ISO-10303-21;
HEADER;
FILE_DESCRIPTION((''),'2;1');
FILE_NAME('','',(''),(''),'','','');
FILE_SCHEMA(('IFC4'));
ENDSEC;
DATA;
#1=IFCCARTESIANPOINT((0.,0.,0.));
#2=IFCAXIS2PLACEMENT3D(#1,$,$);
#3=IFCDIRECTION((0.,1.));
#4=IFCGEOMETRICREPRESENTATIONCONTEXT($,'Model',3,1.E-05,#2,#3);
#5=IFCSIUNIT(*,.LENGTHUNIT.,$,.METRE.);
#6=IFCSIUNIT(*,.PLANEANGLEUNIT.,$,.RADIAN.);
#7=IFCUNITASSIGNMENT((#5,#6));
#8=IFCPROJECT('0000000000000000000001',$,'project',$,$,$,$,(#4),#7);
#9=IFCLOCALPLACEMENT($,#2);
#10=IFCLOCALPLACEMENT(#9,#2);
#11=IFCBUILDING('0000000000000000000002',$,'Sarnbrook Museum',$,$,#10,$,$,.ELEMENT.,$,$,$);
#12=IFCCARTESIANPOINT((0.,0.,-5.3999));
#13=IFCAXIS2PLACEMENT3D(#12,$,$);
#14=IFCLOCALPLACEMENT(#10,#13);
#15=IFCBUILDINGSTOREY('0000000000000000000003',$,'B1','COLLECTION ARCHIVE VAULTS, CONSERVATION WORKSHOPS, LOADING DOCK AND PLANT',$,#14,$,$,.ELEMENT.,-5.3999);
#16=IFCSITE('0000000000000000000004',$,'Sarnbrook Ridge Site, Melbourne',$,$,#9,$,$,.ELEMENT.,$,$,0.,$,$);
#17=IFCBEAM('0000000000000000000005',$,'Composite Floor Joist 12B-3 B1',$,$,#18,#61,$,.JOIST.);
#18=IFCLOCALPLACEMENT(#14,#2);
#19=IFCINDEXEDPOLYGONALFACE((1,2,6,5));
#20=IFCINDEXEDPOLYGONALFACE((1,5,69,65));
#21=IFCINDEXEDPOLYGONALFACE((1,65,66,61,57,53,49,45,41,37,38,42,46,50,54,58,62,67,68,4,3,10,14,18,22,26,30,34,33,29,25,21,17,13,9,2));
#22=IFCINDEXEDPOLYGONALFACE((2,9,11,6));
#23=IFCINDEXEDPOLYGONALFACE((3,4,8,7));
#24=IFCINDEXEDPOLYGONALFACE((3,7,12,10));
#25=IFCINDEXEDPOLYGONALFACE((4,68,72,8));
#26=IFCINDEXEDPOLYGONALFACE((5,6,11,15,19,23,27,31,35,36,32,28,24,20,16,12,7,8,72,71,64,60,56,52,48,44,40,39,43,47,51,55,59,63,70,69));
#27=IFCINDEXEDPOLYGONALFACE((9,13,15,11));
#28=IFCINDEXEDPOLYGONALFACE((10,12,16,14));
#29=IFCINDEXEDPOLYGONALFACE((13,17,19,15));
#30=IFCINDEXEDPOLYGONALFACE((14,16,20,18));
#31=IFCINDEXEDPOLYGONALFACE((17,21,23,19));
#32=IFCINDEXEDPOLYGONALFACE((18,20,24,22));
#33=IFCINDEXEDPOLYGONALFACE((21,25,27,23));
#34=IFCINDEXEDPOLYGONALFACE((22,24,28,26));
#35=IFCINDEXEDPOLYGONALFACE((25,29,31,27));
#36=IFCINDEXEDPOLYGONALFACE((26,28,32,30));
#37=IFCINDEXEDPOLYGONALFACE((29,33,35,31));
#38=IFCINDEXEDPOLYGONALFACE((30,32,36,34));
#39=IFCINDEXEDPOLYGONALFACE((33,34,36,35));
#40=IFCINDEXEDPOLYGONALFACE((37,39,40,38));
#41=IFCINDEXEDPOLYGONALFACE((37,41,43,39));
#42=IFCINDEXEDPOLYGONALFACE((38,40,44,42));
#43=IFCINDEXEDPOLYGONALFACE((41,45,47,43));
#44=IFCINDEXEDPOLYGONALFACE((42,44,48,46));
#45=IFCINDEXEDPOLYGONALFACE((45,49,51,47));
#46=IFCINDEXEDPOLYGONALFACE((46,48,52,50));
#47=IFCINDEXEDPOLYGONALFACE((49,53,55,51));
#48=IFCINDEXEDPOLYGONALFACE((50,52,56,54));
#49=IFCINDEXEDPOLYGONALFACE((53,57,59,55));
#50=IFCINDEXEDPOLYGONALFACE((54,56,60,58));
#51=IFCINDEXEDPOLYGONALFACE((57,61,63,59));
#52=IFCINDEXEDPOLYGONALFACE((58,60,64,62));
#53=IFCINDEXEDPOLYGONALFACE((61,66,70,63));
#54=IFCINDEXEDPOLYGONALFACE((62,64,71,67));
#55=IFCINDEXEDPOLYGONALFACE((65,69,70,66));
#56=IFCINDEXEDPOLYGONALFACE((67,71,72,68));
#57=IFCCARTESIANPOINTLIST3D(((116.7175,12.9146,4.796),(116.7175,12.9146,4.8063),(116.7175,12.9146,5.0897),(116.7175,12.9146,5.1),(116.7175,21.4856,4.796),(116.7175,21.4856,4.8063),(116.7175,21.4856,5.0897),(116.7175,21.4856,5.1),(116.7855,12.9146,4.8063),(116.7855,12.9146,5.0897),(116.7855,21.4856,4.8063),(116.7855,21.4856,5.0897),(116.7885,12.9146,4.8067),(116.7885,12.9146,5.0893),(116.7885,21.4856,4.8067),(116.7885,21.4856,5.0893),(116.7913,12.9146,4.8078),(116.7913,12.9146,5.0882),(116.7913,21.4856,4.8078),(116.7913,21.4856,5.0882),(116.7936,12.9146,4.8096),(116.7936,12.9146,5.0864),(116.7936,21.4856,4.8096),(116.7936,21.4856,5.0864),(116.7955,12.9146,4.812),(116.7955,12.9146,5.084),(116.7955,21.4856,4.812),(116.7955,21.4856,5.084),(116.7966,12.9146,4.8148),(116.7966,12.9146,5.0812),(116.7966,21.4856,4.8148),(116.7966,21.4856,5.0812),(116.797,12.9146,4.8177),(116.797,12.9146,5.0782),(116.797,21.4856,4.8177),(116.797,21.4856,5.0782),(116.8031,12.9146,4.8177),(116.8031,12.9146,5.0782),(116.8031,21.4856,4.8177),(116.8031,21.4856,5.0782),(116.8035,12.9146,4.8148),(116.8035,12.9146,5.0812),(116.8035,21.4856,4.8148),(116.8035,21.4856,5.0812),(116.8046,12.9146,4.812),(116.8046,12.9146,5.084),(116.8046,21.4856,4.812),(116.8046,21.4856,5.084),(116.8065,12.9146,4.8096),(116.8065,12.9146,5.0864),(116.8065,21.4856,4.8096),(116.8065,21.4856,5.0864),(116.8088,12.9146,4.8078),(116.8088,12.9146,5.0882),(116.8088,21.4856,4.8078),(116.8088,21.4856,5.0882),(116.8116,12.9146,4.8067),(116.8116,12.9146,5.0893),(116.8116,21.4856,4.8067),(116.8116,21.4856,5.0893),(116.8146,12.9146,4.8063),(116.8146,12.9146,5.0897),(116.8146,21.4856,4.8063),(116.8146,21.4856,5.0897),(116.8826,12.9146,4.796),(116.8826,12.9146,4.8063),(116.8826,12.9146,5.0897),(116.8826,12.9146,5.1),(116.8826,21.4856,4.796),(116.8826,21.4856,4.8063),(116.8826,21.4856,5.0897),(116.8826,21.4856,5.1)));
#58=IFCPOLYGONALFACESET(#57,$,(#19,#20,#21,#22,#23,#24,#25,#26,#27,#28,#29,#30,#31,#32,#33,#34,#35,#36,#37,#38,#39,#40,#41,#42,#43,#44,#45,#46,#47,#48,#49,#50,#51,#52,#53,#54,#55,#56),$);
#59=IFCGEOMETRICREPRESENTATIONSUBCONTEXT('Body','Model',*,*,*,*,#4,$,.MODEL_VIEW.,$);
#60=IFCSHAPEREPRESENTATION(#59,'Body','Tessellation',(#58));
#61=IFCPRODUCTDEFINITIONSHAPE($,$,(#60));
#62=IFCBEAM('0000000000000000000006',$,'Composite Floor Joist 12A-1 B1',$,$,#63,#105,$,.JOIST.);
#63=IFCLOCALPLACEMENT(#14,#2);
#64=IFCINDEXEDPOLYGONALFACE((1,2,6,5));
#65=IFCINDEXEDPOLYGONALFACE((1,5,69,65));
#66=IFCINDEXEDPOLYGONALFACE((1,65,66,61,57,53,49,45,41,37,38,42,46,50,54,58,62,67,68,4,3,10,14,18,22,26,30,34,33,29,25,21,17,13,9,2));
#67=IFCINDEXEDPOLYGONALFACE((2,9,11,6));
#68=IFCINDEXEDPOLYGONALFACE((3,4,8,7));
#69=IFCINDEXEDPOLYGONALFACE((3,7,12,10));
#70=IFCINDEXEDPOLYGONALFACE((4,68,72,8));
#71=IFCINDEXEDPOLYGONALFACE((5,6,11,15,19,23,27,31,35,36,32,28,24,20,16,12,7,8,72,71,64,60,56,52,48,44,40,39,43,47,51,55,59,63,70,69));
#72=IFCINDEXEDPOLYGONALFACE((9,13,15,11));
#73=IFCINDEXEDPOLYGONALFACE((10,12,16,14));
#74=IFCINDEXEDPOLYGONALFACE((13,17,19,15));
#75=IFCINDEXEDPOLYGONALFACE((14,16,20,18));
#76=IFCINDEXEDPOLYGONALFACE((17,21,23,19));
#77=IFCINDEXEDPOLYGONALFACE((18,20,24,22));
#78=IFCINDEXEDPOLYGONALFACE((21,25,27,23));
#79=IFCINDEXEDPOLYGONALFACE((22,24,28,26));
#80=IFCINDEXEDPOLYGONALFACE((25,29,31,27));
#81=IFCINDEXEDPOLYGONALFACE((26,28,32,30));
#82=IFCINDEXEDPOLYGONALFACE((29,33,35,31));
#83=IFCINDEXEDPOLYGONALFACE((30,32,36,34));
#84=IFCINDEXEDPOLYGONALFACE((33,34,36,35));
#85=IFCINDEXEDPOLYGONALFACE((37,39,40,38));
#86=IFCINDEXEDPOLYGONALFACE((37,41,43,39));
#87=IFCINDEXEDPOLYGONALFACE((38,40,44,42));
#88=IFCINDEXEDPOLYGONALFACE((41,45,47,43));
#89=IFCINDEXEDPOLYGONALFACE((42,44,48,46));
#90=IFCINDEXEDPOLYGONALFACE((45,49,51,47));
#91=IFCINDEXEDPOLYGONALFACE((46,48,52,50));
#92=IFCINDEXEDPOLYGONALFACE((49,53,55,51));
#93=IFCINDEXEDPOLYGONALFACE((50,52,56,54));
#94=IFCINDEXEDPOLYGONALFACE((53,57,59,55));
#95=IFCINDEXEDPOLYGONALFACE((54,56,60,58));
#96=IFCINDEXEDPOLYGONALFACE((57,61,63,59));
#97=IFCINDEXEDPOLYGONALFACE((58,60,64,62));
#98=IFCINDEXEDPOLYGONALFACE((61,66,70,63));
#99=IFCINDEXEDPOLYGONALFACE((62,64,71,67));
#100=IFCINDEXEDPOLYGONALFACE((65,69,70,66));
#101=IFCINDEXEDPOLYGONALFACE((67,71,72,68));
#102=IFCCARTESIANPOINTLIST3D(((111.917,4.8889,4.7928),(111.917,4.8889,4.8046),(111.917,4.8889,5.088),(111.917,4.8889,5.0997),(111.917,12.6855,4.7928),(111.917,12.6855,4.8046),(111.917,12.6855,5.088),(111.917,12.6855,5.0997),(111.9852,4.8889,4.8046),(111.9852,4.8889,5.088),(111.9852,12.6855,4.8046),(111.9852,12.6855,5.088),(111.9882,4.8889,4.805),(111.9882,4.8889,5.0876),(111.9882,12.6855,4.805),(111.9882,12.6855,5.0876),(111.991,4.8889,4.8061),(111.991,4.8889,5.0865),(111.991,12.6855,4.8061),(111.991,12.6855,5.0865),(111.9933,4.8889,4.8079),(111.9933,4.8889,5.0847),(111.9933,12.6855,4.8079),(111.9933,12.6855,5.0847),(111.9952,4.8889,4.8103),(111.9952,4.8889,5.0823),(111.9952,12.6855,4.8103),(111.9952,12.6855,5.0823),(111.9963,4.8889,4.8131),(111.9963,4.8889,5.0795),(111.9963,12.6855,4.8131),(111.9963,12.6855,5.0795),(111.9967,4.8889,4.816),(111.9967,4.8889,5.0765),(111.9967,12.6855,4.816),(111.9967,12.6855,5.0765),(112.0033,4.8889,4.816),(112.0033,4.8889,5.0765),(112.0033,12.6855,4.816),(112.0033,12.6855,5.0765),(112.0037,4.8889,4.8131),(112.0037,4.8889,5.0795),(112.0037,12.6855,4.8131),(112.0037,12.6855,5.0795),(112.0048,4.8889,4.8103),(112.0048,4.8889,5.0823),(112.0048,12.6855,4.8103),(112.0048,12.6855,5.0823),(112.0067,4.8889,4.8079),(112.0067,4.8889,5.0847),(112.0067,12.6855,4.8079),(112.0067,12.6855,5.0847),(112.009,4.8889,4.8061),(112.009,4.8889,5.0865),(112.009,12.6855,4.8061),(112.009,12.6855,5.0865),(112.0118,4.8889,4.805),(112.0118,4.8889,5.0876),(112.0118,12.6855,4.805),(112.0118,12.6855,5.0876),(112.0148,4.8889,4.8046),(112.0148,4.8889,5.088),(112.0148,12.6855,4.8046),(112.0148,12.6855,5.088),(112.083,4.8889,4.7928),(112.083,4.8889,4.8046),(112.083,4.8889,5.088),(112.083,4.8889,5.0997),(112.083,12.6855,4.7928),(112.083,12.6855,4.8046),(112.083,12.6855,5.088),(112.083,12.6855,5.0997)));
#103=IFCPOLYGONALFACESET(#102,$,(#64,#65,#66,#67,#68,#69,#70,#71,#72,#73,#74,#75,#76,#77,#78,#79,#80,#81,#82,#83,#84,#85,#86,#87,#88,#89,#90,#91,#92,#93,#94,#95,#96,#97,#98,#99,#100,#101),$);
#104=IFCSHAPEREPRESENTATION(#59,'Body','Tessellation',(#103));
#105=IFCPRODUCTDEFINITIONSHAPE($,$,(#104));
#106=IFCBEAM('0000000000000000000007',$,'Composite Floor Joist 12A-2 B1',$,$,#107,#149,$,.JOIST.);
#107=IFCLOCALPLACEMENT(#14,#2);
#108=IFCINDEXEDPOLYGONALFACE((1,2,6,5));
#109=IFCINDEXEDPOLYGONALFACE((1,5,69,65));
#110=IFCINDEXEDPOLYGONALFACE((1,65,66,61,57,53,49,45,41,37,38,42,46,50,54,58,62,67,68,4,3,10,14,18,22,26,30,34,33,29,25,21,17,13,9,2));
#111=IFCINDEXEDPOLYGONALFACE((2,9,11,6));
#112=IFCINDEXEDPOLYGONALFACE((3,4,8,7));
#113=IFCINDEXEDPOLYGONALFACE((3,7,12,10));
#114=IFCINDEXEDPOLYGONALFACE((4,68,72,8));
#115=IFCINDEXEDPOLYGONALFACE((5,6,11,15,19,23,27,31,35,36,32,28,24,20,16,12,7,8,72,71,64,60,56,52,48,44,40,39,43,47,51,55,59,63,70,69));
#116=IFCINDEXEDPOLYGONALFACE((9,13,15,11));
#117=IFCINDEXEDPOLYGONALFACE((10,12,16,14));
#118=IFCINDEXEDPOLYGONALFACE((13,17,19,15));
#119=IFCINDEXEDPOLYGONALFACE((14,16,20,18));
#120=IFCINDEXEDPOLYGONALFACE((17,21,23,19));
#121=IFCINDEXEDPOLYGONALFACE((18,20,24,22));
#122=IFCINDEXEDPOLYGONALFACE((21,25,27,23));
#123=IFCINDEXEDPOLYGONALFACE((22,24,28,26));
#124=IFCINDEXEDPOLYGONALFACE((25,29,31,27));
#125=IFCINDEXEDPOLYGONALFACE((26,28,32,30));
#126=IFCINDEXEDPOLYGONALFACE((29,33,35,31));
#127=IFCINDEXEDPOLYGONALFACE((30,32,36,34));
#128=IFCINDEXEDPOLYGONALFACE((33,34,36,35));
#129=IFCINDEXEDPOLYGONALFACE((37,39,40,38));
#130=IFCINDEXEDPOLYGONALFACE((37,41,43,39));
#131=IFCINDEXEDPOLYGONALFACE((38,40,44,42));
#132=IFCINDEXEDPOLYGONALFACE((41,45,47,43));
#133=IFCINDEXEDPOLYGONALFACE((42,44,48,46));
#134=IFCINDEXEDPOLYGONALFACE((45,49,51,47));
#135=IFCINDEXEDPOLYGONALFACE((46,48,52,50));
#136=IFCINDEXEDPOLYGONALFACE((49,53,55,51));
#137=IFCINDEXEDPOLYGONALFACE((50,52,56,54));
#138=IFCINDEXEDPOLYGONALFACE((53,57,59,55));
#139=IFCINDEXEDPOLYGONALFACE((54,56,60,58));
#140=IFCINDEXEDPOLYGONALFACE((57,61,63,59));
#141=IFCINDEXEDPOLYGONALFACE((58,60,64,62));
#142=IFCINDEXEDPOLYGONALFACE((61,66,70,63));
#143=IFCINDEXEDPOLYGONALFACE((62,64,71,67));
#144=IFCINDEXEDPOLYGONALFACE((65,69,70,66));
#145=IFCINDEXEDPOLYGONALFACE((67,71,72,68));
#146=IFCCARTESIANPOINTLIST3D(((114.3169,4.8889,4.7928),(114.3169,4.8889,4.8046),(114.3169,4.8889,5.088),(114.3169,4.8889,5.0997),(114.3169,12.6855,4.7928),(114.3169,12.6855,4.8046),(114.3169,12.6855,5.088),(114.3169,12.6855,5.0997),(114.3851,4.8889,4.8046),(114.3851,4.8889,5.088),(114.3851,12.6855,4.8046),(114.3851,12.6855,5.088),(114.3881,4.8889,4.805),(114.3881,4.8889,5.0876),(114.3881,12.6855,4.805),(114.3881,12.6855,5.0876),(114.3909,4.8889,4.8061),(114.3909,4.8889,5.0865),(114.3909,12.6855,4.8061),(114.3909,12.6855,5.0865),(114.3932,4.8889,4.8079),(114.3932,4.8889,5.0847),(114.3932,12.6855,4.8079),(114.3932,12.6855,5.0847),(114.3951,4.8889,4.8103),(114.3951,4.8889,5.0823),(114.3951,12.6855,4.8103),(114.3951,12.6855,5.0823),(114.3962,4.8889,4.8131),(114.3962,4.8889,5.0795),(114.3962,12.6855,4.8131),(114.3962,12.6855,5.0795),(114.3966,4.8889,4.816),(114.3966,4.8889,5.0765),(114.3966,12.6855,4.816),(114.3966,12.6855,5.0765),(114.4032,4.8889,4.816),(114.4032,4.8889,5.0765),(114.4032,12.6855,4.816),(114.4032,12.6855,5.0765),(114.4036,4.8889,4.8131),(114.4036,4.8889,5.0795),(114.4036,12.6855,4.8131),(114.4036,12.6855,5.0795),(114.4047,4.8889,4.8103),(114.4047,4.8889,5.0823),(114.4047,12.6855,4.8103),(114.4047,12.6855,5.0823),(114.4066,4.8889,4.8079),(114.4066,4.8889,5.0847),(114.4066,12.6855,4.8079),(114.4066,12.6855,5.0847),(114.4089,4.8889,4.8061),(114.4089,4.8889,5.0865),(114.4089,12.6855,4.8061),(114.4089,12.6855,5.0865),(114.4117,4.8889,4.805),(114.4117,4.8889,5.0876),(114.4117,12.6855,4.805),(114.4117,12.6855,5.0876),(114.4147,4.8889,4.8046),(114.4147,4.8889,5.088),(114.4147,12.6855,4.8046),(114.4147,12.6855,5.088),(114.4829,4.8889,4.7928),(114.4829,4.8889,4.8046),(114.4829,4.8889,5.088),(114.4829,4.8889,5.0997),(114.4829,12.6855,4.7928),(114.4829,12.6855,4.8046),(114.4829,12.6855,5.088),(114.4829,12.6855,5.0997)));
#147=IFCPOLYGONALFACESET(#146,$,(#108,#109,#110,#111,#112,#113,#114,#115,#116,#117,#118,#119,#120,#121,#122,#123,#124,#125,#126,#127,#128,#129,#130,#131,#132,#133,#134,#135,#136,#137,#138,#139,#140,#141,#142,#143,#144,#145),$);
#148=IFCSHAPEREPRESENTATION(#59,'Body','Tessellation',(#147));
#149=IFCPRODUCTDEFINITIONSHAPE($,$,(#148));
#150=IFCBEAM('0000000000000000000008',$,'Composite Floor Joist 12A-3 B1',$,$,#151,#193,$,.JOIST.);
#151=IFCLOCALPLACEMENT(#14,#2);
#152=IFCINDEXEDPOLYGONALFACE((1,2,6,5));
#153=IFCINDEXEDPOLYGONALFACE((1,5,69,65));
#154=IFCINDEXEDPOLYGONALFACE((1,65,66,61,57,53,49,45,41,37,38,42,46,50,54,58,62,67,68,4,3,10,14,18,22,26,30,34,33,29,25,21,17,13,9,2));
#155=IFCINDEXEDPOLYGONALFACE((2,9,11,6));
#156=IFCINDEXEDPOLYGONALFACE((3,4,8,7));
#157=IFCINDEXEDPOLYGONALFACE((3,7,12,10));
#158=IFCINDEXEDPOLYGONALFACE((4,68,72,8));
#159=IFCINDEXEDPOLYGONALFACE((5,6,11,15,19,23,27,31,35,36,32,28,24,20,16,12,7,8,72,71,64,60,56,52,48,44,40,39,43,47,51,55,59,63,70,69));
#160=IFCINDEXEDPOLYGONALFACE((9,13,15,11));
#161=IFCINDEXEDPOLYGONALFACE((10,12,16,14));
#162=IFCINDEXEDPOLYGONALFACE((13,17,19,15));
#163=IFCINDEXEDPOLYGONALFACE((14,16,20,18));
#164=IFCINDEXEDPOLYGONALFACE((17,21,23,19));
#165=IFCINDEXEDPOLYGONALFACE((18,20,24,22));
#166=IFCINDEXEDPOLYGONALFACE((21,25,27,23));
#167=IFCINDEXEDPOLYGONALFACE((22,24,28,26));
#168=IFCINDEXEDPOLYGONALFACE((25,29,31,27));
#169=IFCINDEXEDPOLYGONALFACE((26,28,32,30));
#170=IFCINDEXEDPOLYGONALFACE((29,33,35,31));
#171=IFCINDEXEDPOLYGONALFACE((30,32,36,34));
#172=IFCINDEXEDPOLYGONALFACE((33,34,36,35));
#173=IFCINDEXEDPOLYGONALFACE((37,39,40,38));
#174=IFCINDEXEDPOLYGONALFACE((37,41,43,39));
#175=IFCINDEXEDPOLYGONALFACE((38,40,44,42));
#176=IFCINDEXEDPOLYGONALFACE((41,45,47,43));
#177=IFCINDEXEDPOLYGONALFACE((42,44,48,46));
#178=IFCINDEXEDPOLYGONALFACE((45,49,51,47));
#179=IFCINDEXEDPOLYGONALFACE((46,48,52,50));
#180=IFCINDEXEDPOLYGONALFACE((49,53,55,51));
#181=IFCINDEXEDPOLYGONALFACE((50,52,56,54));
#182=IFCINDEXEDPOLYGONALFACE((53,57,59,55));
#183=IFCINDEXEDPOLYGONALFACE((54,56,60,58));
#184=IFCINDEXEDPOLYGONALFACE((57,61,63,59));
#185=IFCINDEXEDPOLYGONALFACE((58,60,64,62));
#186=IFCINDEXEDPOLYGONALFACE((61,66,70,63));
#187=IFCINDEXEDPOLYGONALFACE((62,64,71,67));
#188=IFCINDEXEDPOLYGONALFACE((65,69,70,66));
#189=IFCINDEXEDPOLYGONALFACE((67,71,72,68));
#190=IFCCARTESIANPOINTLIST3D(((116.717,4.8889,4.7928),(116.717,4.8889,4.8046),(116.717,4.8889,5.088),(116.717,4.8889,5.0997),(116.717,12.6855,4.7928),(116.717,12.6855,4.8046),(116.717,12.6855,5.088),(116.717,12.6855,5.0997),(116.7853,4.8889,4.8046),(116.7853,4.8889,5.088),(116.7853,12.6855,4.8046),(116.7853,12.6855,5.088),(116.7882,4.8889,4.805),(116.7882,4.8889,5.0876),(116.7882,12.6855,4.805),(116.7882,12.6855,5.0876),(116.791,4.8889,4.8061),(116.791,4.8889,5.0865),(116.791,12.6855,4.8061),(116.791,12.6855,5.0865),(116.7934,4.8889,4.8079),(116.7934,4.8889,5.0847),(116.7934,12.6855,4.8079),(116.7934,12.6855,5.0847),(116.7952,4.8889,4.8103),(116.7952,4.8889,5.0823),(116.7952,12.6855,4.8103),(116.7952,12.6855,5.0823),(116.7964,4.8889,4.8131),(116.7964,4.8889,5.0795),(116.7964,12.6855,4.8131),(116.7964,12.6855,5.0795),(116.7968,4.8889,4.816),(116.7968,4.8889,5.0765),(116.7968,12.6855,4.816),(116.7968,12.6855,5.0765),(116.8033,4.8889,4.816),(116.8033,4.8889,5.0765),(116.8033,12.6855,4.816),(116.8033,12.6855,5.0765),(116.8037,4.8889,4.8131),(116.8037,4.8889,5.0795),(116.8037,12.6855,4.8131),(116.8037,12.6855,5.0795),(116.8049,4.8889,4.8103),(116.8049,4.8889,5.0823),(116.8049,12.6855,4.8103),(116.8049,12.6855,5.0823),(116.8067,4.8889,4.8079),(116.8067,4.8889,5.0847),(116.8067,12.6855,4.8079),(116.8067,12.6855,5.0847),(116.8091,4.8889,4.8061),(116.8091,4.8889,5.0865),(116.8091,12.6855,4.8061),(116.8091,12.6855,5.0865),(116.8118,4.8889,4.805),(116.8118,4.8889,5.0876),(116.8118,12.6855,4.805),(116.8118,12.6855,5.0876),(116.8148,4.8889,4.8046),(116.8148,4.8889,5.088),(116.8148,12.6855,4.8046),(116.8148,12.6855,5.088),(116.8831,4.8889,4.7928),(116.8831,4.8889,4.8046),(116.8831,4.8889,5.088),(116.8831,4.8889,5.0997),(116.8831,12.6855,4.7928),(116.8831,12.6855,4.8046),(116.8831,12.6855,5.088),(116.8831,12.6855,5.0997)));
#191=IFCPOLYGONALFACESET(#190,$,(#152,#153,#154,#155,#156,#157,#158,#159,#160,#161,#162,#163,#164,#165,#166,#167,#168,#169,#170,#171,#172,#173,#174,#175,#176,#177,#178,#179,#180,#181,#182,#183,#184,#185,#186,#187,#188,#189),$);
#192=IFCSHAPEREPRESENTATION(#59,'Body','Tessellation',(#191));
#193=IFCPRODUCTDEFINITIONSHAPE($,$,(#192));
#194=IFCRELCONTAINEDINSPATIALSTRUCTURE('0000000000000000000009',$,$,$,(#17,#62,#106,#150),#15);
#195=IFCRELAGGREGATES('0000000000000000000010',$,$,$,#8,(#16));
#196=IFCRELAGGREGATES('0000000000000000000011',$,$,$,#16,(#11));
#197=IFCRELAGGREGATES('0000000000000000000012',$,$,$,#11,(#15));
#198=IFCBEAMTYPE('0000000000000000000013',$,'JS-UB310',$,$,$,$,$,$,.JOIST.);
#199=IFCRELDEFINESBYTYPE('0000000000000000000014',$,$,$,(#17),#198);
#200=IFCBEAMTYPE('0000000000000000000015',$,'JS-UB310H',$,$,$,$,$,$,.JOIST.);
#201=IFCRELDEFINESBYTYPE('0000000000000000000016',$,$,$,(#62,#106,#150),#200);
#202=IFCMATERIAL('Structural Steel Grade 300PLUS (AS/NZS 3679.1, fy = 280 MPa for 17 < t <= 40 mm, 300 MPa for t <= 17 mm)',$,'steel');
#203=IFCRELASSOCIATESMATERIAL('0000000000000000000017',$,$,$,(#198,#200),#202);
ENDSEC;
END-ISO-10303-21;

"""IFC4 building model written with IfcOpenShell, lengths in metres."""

from ifc_helpers import new_model, si_unit, direction, frame, origin, origin_2d, place, context, subcontext, project, spatial, i_section, extrude, material, material_profile, profile_set, type_object, element, save


model = new_model("IFC4")

# Units and contexts
model_context = context("Model", 3, precision=1e-05, world=origin(), true_north=direction((0.0, 1.0)))
body_context = subcontext(model_context, "Body", "Model", "MODEL_VIEW")
ifc_project = project(units=[si_unit("LENGTHUNIT", "METRE"), si_unit("PLANEANGLEUNIT", "RADIAN")], contexts=[model_context])

# Site, building, storey
site_placement = place(None, origin())
site = spatial("IfcSite", under=ifc_project, at=site_placement, Name="Sarnbrook Ridge Site, Melbourne", CompositionType="ELEMENT", RefElevation=0.0)
building_placement = place(site_placement, origin())
building = spatial("IfcBuilding", under=site, at=building_placement, Name="Sarnbrook Museum", CompositionType="ELEMENT")
storey_placement = place(building_placement, frame((0.0, 0.0, -5.3999)))
storey = spatial("IfcBuildingStorey", under=building, at=storey_placement, Name="B1", Description="COLLECTION ARCHIVE VAULTS, CONSERVATION WORKSHOPS, LOADING DOCK AND PLANT", CompositionType="ELEMENT", Elevation=-5.3999)

# Beams
ifc_material_1 = material(Name="Structural Steel Grade 300PLUS (AS/NZS 3679.1, fy = 280 MPa for 17 < t <= 40 mm, 300 MPa for t <= 17 mm)", Category="steel")
ifc_material_profile_1 = material_profile(ifc_material_1, i_section(OverallWidth=0.165, OverallDepth=0.304, WebThickness=0.0061, FlangeThickness=0.0103, FilletRadius=0.0115, at=origin_2d()), Name="310UB40.4")
ifc_profile_set_1 = profile_set([ifc_material_profile_1], Name="Structural Steel Grade 300PLUS (AS/NZS 3679.1, fy = 280 MPa for 17 < t <= 40 mm, 300 MPa for t <= 17 mm)")
beam_type_1 = type_object("IfcBeamType", Name="JS-UB310", PredefinedType="JOIST", material=ifc_profile_set_1)
for number, where, z_axis, x_axis, name in (
    (1, (116.8, 12.9146, 4.948), (0.0, 1.0, 0.0), (-1.0, 0.0, 0.0), "Composite Floor Joist 12B-3 B1"),
):
    element("IfcBeam", number, at=place(storey_placement, frame(where, z_axis=z_axis, x_axis=x_axis)), inside=storey, type_object=beam_type_1, Name=name, PredefinedType="JOIST", context=body_context, shape_type="SweptSolid", body=[
        extrude(i_section(OverallWidth=0.165, OverallDepth=0.304, WebThickness=0.0061, FlangeThickness=0.0103, FilletRadius=0.0115, at=origin_2d()), origin(), (0.0, 0.0, 1.0), 8.571),
    ])
ifc_material_profile_2 = material_profile(ifc_material_1, i_section(OverallWidth=0.166, OverallDepth=0.3069, WebThickness=0.0066, FlangeThickness=0.0117, FilletRadius=0.0115, at=origin_2d()), Name="310UB46.2")
ifc_profile_set_2 = profile_set([ifc_material_profile_2], Name="Structural Steel Grade 300PLUS (AS/NZS 3679.1, fy = 280 MPa for 17 < t <= 40 mm, 300 MPa for t <= 17 mm)")
beam_type_2 = type_object("IfcBeamType", Name="JS-UB310H", PredefinedType="JOIST", material=ifc_profile_set_2)
for number, where, z_axis, x_axis, name in (
    (2, (112.0, 4.8889, 4.9463), (0.0, 1.0, 0.0), (-1.0, 0.0, 0.0), "Composite Floor Joist 12A-1 B1"),
    (3, (114.3999, 4.8889, 4.9463), (0.0, 1.0, 0.0), (-1.0, 0.0, 0.0), "Composite Floor Joist 12A-2 B1"),
    (4, (116.8, 4.8889, 4.9463), (0.0, 1.0, 0.0), (-1.0, 0.0, 0.0), "Composite Floor Joist 12A-3 B1"),
):
    element("IfcBeam", number, at=place(storey_placement, frame(where, z_axis=z_axis, x_axis=x_axis)), inside=storey, type_object=beam_type_2, Name=name, PredefinedType="JOIST", context=body_context, shape_type="SweptSolid", body=[
        extrude(i_section(OverallWidth=0.166, OverallDepth=0.3069, WebThickness=0.0066, FlangeThickness=0.0117, FilletRadius=0.0115, at=origin_2d()), origin(), (0.0, 0.0, 1.0), 7.7966),
    ])

save(model, "model.ifc")
